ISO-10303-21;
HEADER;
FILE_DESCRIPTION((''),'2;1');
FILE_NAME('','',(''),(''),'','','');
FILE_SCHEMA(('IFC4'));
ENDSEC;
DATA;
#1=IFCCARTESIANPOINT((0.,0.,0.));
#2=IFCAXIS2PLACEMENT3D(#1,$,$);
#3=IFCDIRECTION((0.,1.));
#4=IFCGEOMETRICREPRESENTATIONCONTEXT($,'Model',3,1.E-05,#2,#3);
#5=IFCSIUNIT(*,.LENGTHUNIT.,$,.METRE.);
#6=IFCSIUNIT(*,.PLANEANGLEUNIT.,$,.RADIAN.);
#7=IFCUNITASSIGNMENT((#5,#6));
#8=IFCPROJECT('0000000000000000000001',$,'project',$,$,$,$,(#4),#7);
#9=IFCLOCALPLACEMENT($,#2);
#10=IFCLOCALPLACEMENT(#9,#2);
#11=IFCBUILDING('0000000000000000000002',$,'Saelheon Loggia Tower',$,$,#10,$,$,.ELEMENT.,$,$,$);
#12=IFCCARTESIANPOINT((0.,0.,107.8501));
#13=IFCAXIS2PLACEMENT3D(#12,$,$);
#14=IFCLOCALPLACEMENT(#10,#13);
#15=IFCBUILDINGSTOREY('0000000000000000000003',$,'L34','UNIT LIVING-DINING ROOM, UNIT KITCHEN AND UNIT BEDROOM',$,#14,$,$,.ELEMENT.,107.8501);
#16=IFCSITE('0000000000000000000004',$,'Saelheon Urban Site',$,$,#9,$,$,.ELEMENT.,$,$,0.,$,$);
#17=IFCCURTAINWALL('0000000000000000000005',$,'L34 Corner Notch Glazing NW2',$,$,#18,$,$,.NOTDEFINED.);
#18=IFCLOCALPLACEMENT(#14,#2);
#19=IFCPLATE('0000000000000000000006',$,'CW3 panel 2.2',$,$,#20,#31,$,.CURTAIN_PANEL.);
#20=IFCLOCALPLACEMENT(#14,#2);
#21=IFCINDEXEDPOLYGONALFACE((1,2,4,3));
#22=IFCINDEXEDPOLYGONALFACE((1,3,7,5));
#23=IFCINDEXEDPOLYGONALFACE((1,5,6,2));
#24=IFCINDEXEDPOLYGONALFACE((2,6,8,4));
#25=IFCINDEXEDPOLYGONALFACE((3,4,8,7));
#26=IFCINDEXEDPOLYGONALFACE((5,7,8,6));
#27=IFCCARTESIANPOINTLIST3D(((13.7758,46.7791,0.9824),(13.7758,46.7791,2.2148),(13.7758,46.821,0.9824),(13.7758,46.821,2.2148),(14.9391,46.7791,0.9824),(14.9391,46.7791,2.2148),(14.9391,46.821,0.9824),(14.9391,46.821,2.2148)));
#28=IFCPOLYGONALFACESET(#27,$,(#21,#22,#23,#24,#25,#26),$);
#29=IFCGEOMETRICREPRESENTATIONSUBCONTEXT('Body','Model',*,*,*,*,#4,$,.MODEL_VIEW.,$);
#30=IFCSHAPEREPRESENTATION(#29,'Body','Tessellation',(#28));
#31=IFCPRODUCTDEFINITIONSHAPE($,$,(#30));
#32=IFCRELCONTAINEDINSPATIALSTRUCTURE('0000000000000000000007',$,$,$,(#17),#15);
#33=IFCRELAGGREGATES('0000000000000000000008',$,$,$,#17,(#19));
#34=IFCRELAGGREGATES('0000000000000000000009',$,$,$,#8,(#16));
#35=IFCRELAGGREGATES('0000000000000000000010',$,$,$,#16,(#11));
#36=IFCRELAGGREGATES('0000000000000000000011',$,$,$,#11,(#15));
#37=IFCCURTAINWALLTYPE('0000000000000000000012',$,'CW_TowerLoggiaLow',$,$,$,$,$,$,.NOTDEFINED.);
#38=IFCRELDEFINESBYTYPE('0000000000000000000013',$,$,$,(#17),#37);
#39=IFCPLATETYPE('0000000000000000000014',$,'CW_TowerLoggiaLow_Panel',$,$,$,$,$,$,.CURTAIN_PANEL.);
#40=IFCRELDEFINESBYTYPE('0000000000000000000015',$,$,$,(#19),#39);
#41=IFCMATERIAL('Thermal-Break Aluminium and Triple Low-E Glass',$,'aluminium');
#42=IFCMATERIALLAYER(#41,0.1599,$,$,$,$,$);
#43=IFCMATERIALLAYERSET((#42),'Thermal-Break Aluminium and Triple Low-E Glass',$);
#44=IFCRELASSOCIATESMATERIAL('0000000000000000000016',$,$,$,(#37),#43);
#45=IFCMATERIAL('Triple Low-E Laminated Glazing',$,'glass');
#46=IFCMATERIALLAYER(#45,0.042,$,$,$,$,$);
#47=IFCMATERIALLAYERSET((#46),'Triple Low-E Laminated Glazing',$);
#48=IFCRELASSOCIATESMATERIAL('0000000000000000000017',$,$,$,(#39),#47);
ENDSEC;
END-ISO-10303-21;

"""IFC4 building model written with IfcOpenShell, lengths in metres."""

from ifc_helpers import new_model, si_unit, direction, frame, origin, origin_2d, place, context, subcontext, project, spatial, rectangle, extrude, source, transform, mapped, material, layer, layer_set, type_object, element, aggregate, save


model = new_model("IFC4")

# Units and contexts
model_context = context("Model", 3, precision=1e-05, world=origin(), true_north=direction((0.0, 1.0)))
body_context = subcontext(model_context, "Body", "Model", "MODEL_VIEW")
ifc_project = project(units=[si_unit("LENGTHUNIT", "METRE"), si_unit("PLANEANGLEUNIT", "RADIAN")], contexts=[model_context])

# Site, building, storey
site_placement = place(None, origin())
site = spatial("IfcSite", under=ifc_project, at=site_placement, Name="Saelheon Urban Site", CompositionType="ELEMENT", RefElevation=0.0)
building_placement = place(site_placement, origin())
building = spatial("IfcBuilding", under=site, at=building_placement, Name="Saelheon Loggia Tower", CompositionType="ELEMENT")
storey_placement = place(building_placement, frame((0.0, 0.0, 107.8501)))
storey = spatial("IfcBuildingStorey", under=building, at=storey_placement, Name="L34", Description="UNIT LIVING-DINING ROOM, UNIT KITCHEN AND UNIT BEDROOM", CompositionType="ELEMENT", Elevation=107.8501)

# Shared definitions
ifc_material_1 = material(Name="Thermal-Break Aluminium and Triple Low-E Glass", Category="aluminium")
ifc_layer_1 = layer(ifc_material_1, 0.1599)
ifc_layer_set_1 = layer_set([ifc_layer_1], Name="Thermal-Break Aluminium and Triple Low-E Glass")
curtain_wall_type = type_object("IfcCurtainWallType", Name="CW_TowerLoggiaLow", PredefinedType="NOTDEFINED", material=ifc_layer_set_1)

# Curtain wall
curtain_wall_1_placement = place(storey_placement, origin())
curtain_wall_1 = element("IfcCurtainWall", 1, at=curtain_wall_1_placement, inside=storey, type_object=curtain_wall_type, Name="L34 Corner Notch Glazing NW2", PredefinedType="NOTDEFINED")

# Plate
ifc_material_2 = material(Name="Triple Low-E Laminated Glazing", Category="glass")
ifc_layer_2 = layer(ifc_material_2, 0.042)
ifc_layer_set_2 = layer_set([ifc_layer_2], Name="Triple Low-E Laminated Glazing")
plate_type = type_object("IfcPlateType", Name="CW_TowerLoggiaLow_Panel", PredefinedType="CURTAIN_PANEL", material=ifc_layer_set_2)
shared_shape_1 = source(origin(), body_context, "Body", "SweptSolid", [
    extrude(rectangle(XDim=1.1633, YDim=0.042, at=origin_2d()), origin(), (0.0, 0.0, 1.0), 1.2324),
])
plate_1_placement = place(storey_placement, frame((14.3574, 46.8, 0.9824), z_axis=(0.0, 0.0, 1.0), x_axis=(1.0, 0.0, 0.0)))
plate_1 = element("IfcPlate", 2, at=plate_1_placement, type_object=plate_type, Name="CW3 panel 2.2", PredefinedType="CURTAIN_PANEL", context=body_context, shape_type="MappedRepresentation", body=[
    mapped(shared_shape_1, transform((0.0, 0.0, 0.0), scale=1.0)),
])
aggregate(curtain_wall_1, [plate_1])

save(model, "model.ifc")
